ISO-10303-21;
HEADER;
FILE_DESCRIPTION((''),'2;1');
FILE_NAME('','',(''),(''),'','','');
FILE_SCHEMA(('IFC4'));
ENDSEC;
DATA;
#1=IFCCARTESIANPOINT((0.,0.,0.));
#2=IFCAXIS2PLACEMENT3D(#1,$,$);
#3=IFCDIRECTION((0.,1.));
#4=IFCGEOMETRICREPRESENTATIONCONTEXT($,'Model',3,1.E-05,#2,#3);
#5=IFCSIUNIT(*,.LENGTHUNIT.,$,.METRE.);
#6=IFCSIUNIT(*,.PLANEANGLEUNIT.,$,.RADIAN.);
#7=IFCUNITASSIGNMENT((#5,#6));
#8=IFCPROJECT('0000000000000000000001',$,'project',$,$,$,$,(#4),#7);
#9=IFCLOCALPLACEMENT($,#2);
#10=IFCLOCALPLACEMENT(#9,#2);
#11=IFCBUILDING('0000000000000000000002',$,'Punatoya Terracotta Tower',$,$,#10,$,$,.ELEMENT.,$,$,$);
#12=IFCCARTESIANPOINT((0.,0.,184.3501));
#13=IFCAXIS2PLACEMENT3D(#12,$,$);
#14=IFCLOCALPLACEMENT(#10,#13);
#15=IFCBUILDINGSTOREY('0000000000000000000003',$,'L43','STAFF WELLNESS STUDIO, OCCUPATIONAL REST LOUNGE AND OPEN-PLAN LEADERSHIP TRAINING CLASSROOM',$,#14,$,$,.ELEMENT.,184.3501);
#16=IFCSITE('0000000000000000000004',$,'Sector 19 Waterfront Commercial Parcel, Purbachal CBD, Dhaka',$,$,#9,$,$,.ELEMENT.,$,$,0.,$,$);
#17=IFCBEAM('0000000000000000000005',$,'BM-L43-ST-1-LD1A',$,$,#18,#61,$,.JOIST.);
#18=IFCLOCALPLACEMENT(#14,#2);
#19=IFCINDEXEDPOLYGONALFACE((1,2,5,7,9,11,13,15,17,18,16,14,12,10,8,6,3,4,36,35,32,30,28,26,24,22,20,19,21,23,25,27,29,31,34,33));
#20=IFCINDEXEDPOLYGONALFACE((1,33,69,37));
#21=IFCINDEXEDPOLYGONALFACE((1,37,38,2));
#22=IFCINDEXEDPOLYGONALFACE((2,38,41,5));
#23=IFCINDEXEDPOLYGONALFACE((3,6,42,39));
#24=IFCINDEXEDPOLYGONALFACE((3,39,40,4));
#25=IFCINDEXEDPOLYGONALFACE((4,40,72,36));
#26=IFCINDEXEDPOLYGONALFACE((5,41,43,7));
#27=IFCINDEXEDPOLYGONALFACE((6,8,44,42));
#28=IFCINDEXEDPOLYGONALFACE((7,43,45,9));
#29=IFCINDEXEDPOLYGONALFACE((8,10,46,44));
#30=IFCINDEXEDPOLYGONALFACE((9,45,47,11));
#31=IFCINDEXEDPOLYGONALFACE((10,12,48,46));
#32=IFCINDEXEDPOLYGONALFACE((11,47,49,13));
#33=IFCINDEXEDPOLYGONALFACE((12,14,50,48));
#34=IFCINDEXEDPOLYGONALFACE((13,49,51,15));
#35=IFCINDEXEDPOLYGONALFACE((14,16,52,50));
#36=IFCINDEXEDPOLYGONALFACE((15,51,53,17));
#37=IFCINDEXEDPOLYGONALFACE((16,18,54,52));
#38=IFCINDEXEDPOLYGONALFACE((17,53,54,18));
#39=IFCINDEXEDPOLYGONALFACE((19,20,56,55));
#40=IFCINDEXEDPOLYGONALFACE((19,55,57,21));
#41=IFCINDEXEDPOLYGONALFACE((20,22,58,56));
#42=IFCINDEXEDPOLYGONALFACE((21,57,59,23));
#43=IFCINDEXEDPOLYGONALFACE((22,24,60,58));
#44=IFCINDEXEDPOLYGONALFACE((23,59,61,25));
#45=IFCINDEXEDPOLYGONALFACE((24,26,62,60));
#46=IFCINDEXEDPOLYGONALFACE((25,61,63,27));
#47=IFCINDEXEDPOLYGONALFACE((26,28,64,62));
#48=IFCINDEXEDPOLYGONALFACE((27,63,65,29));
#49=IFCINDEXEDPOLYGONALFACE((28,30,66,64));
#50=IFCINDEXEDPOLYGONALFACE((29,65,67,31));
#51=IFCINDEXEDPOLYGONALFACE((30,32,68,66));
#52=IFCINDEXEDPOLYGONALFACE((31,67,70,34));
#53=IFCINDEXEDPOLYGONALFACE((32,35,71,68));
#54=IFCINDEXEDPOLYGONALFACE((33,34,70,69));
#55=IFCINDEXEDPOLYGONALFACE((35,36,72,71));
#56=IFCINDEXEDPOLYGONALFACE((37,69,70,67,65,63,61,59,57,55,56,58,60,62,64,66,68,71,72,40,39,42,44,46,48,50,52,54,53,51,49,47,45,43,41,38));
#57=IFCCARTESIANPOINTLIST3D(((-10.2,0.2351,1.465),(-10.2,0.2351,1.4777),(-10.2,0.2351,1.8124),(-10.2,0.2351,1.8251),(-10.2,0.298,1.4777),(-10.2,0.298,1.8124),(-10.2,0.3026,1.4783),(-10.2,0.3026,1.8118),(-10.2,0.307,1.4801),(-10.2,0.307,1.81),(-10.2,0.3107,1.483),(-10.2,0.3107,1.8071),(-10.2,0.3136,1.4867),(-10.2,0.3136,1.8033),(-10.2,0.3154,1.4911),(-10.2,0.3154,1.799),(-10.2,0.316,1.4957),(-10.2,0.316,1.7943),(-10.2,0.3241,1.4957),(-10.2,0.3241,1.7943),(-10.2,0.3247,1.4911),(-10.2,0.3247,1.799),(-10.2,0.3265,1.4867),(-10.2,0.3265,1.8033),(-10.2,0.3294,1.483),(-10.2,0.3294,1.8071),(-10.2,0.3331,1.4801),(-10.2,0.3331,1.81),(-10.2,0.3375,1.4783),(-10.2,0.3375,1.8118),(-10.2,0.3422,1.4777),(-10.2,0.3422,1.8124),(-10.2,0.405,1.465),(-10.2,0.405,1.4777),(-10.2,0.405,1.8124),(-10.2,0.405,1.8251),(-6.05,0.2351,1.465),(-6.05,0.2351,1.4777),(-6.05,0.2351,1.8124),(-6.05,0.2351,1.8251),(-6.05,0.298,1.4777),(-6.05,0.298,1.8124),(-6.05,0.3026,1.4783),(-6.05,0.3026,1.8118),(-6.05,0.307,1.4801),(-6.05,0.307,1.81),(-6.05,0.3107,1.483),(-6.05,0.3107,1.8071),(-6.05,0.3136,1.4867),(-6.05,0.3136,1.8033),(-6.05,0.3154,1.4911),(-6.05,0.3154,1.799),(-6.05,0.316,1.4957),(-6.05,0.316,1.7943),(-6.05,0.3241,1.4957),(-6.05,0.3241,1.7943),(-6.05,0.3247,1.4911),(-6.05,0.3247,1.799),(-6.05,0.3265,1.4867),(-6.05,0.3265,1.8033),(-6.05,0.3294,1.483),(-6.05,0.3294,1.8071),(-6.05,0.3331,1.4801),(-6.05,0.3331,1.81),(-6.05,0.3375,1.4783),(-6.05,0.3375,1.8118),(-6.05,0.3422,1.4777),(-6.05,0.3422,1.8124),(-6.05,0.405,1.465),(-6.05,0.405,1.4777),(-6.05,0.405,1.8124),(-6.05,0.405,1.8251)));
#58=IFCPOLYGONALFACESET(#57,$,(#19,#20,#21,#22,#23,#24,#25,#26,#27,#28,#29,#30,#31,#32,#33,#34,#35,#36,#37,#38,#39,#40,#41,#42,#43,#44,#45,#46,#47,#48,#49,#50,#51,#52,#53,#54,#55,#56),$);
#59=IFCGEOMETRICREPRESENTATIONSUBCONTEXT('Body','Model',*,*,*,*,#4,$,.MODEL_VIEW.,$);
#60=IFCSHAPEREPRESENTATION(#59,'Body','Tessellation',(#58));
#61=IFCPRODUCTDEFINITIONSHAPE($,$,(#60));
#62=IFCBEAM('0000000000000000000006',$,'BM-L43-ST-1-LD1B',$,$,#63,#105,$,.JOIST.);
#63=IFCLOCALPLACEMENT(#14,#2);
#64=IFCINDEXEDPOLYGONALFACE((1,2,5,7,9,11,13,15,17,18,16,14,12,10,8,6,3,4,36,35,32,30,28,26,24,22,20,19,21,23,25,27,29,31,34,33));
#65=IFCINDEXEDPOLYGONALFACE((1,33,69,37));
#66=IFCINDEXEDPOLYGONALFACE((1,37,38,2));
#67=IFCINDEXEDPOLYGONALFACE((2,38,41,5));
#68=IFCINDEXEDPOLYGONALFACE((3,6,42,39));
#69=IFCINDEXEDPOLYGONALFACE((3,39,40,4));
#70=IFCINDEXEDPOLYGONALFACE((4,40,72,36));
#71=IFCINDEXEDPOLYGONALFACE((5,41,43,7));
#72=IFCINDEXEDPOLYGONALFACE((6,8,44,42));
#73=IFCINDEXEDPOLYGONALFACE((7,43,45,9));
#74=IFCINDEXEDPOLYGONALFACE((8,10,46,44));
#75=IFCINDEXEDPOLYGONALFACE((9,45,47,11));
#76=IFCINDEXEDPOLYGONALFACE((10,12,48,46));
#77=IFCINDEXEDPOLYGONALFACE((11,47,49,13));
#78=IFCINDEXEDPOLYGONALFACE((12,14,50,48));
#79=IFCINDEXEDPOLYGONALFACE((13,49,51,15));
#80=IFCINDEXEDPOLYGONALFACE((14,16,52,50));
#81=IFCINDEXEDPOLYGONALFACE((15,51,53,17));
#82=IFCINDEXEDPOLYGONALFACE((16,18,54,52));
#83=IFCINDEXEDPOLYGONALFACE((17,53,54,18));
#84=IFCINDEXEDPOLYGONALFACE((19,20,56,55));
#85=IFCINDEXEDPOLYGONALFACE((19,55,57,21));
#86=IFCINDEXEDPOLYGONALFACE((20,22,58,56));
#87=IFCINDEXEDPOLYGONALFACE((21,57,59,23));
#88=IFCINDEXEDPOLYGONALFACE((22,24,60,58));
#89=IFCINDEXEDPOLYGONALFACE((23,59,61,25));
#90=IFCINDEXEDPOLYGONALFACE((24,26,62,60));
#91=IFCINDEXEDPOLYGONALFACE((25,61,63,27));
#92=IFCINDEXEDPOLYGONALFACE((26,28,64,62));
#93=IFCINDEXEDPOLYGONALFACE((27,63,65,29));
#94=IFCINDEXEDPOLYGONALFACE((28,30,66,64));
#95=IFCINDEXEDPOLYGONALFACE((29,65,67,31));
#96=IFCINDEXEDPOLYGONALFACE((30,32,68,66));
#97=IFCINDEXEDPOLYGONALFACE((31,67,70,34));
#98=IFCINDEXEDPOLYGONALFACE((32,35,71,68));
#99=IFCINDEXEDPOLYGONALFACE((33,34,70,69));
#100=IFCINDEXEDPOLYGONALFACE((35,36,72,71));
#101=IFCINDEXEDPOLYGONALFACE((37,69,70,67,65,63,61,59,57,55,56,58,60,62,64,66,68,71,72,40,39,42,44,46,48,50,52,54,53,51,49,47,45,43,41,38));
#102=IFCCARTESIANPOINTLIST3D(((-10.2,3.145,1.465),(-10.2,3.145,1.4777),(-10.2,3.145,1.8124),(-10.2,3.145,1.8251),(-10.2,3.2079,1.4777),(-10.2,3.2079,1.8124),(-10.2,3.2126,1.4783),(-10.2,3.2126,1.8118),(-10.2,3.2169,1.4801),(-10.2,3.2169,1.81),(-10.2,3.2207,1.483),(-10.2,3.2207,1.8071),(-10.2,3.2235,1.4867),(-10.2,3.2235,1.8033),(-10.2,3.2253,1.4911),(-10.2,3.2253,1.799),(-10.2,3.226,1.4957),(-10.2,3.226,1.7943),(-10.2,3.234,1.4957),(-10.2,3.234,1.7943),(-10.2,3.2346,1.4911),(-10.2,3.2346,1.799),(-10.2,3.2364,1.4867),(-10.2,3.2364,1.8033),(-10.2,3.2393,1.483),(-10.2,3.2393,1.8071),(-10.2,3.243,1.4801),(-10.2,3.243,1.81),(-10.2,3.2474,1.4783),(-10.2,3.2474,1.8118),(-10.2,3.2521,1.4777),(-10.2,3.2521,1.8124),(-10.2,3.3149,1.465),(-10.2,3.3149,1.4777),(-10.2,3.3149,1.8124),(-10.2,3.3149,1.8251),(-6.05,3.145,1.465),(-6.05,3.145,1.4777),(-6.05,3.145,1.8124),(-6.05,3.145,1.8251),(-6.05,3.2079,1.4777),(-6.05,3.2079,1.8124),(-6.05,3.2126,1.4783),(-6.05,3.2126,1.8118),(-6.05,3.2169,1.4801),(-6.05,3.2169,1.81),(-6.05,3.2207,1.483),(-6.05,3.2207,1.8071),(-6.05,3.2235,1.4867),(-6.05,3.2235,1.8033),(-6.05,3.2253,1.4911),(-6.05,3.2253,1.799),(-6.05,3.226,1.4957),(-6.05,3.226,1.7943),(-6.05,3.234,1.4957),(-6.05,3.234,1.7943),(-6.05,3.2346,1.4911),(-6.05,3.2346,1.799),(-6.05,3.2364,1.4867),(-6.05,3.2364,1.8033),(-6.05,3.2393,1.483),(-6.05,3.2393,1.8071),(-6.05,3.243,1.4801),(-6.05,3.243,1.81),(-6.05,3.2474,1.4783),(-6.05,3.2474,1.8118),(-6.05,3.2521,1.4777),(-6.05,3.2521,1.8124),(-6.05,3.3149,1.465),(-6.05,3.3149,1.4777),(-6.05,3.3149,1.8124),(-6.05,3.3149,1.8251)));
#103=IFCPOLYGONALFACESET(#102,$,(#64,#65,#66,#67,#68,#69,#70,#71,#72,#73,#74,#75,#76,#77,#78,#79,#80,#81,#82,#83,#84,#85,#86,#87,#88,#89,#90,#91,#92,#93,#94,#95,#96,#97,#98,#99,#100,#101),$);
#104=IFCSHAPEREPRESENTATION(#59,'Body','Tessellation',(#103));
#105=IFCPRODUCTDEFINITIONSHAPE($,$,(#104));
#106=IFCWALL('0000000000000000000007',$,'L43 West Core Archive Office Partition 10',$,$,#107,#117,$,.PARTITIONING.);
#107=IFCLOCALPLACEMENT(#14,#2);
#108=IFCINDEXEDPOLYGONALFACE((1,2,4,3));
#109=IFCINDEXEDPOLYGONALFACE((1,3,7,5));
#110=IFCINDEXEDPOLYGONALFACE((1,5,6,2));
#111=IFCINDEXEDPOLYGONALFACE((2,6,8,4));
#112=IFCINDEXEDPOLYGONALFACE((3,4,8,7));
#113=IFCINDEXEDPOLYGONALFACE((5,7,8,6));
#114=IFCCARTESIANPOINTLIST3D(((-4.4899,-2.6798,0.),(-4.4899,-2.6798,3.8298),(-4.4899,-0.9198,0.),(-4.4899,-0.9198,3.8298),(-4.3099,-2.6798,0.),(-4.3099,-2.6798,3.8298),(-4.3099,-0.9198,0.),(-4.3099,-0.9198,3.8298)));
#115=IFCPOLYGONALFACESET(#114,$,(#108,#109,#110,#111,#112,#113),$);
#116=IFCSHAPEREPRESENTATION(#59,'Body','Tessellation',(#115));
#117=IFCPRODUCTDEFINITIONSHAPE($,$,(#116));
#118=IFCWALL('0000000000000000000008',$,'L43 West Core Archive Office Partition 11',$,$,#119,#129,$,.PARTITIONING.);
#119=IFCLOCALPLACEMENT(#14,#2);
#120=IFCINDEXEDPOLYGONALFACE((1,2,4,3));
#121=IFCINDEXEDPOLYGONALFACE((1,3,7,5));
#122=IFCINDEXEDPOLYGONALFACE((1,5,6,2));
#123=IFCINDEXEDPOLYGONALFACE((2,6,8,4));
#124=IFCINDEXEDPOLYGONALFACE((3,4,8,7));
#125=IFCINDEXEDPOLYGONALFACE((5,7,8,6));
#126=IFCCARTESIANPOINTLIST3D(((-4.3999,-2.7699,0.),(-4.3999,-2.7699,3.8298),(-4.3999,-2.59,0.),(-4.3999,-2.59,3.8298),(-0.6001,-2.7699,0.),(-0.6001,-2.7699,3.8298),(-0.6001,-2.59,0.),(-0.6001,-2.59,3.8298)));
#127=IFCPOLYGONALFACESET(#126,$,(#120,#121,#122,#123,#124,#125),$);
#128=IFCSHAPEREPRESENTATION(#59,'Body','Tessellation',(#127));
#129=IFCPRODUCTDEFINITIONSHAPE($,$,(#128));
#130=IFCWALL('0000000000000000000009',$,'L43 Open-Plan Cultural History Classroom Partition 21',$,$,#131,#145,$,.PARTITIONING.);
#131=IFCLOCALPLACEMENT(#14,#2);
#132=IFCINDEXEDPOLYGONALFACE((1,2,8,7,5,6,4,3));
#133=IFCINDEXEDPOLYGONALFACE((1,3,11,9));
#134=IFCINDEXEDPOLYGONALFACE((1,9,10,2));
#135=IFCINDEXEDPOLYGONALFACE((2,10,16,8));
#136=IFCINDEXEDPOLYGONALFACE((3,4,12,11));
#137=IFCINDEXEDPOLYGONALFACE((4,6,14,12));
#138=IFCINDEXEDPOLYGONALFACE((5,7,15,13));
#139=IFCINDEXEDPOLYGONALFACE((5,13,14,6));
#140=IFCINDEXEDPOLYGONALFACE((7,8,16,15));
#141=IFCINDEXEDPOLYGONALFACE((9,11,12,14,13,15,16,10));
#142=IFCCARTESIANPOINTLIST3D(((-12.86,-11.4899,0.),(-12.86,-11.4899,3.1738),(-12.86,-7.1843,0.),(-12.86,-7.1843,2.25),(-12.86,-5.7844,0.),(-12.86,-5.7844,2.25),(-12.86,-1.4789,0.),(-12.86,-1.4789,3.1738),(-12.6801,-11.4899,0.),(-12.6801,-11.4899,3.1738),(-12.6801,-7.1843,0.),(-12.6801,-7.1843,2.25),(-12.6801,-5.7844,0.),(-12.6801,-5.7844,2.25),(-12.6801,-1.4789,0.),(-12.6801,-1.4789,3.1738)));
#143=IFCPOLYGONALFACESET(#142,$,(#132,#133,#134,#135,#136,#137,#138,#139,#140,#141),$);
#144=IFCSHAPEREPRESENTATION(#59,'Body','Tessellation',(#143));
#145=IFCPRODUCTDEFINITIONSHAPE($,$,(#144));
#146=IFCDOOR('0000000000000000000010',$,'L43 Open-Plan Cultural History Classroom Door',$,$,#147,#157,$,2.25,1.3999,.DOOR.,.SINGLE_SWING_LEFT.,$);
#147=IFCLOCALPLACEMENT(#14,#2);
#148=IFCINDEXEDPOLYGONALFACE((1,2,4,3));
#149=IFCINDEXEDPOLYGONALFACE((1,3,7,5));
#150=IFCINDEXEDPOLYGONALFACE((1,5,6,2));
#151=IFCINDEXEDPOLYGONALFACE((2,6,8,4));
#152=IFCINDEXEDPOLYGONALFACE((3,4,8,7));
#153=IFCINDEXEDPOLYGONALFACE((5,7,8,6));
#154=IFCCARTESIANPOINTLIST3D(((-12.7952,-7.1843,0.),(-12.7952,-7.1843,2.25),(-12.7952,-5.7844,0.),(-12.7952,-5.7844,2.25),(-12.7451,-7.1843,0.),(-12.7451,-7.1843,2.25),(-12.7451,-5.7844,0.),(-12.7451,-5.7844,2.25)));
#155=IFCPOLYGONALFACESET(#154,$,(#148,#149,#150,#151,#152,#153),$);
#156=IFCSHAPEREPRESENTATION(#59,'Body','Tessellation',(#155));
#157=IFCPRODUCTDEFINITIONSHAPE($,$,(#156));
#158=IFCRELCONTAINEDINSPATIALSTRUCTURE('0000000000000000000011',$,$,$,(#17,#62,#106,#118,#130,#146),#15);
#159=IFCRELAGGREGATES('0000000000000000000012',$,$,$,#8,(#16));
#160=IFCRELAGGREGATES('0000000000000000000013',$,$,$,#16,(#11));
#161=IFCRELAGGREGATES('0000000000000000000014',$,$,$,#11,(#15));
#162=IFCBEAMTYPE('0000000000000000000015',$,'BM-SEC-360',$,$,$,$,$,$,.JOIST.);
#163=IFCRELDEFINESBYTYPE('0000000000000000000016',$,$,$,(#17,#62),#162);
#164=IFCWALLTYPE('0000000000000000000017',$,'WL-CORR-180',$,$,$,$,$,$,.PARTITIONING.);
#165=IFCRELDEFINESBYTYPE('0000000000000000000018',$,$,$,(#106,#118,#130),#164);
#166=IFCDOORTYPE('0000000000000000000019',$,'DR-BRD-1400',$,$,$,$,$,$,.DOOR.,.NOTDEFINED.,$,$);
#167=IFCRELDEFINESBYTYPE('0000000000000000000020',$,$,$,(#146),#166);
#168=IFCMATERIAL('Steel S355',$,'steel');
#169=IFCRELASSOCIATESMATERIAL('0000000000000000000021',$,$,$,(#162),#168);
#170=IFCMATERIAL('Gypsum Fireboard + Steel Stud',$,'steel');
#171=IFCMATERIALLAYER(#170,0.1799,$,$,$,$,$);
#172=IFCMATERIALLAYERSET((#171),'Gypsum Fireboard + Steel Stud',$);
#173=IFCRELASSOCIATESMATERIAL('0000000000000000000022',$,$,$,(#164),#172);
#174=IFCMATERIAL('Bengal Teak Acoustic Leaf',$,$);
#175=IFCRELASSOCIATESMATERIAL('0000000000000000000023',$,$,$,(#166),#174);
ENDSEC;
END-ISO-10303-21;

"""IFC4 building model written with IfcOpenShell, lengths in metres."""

from ifc_helpers import new_model, si_unit, direction, frame, frame_2d, origin, origin_2d, place, context, subcontext, project, spatial, rectangle, i_section, extrude, material, layer, layer_set, material_profile, profile_set, type_object, element, fill, save


model = new_model("IFC4")

# Units and contexts
model_context = context("Model", 3, precision=1e-05, world=origin(), true_north=direction((0.0, 1.0)))
body_context = subcontext(model_context, "Body", "Model", "MODEL_VIEW")
ifc_project = project(units=[si_unit("LENGTHUNIT", "METRE"), si_unit("PLANEANGLEUNIT", "RADIAN")], contexts=[model_context])

# Site, building, storey
site_placement = place(None, origin())
site = spatial("IfcSite", under=ifc_project, at=site_placement, Name="Sector 19 Waterfront Commercial Parcel, Purbachal CBD, Dhaka", CompositionType="ELEMENT", RefElevation=0.0)
building_placement = place(site_placement, origin())
building = spatial("IfcBuilding", under=site, at=building_placement, Name="Punatoya Terracotta Tower", CompositionType="ELEMENT")
storey_placement = place(building_placement, frame((0.0, 0.0, 184.3501)))
storey = spatial("IfcBuildingStorey", under=building, at=storey_placement, Name="L43", Description="STAFF WELLNESS STUDIO, OCCUPATIONAL REST LOUNGE AND OPEN-PLAN LEADERSHIP TRAINING CLASSROOM", CompositionType="ELEMENT", Elevation=184.3501)

# Beams
ifc_material_1 = material(Name="Steel S355", Category="steel")
ifc_material_profile = material_profile(ifc_material_1, i_section(OverallWidth=0.1699, OverallDepth=0.3601, WebThickness=0.0081, FlangeThickness=0.0127, FilletRadius=0.0181, at=origin_2d()))
ifc_profile_set = profile_set([ifc_material_profile], Name="Steel S355")
beam_type = type_object("IfcBeamType", Name="BM-SEC-360", PredefinedType="JOIST", material=ifc_profile_set)
for number, where, z_axis, x_axis, name in (
    (1, (-10.2, 0.3201, 1.645), (1.0, 0.0, 0.0), (0.0, 1.0, 0.0), "BM-L43-ST-1-LD1A"),
    (2, (-10.2, 3.23, 1.645), (1.0, 0.0, 0.0), (0.0, 1.0, 0.0), "BM-L43-ST-1-LD1B"),
):
    element("IfcBeam", number, at=place(storey_placement, frame(where, z_axis=z_axis, x_axis=x_axis)), inside=storey, type_object=beam_type, Name=name, PredefinedType="JOIST", context=body_context, shape_type="SweptSolid", body=[
        extrude(i_section(OverallWidth=0.1699, OverallDepth=0.3601, WebThickness=0.0081, FlangeThickness=0.0127, FilletRadius=0.0181, at=origin_2d()), origin(), (0.0, 0.0, 1.0), 4.1499),
    ])

# Walls
ifc_material_2 = material(Name="Gypsum Fireboard + Steel Stud", Category="steel")
ifc_layer_1 = layer(ifc_material_2, 0.1799)
ifc_layer_set_1 = layer_set([ifc_layer_1], Name="Gypsum Fireboard + Steel Stud")
wall_type_1 = type_object("IfcWallType", Name="WL-CORR-180", PredefinedType="PARTITIONING", material=ifc_layer_set_1)
wall_1_placement = place(storey_placement, frame((-4.3999, -0.9199, 0.0), z_axis=(0.0, 0.0, 1.0), x_axis=(0.0, -1.0, 0.0)))
element("IfcWall", 3, at=wall_1_placement, inside=storey, type_object=wall_type_1, Name="L43 West Core Archive Office Partition 10", PredefinedType="PARTITIONING", context=body_context, shape_type="SweptSolid", body=[
    extrude(rectangle(XDim=1.76, YDim=0.1799, at=frame_2d((0.8799, 0.0))), origin(), (0.0, 0.0, 1.0), 3.8298),
])
wall_2_placement = place(storey_placement, frame((-4.3999, -2.6799, 0.0), z_axis=(0.0, 0.0, 1.0), x_axis=(1.0, 0.0, 0.0)))
element("IfcWall", 4, at=wall_2_placement, inside=storey, type_object=wall_type_1, Name="L43 West Core Archive Office Partition 11", PredefinedType="PARTITIONING", context=body_context, shape_type="SweptSolid", body=[
    extrude(rectangle(XDim=3.7998, YDim=0.1799, at=frame_2d((1.8999, 0.0))), origin(), (0.0, 0.0, 1.0), 3.8298),
])

# Wall, opening, door
wall_3_placement = place(storey_placement, frame((-12.77, -1.479, 0.0), z_axis=(0.0, 0.0, 1.0), x_axis=(0.0, -1.0, 0.0)))
wall_3 = element("IfcWall", 5, at=wall_3_placement, inside=storey, type_object=wall_type_1, Name="L43 Open-Plan Cultural History Classroom Partition 21", PredefinedType="PARTITIONING", context=body_context, shape_type="SweptSolid", body=[
    extrude(rectangle(XDim=10.011, YDim=0.1799, at=frame_2d((5.0054, 0.0))), origin(), (0.0, 0.0, 1.0), 3.1738),
])
opening_1_placement = place(wall_3_placement, frame((4.3054, 0.0, 0.0)))
opening_1 = element("IfcOpeningElement", 6, at=opening_1_placement, cuts=wall_3, PredefinedType="OPENING", context=body_context, shape_type="SweptSolid", body=[
    extrude(rectangle(XDim=1.3999, YDim=2.25, at=frame_2d((0.7, 1.125))), frame((0.0, 0.0999, 0.0), z_axis=(0.0, -1.0, 0.0), x_axis=(1.0, 0.0, 0.0)), (0.0, 0.0, 1.0), 0.2),
])
ifc_material_3 = material(Name="Bengal Teak Acoustic Leaf")
door_type_1 = type_object("IfcDoorType", Name="DR-BRD-1400", OperationType="NOTDEFINED", PredefinedType="DOOR", material=ifc_material_3)
door_1_placement = place(opening_1_placement, origin())
door_1 = element("IfcDoor", 7, at=door_1_placement, inside=storey, type_object=door_type_1, Name="L43 Open-Plan Cultural History Classroom Door", OperationType="SINGLE_SWING_LEFT", OverallHeight=2.25, OverallWidth=1.3999, PredefinedType="DOOR", context=body_context, shape_type="SweptSolid", body=[
    extrude(rectangle(XDim=1.3999, YDim=2.25, at=frame_2d((0.7, 1.125))), frame((0.0, 0.0249, 0.0), z_axis=(0.0, -1.0, 0.0), x_axis=(1.0, 0.0, 0.0)), (0.0, 0.0, 1.0), 0.05),
])
fill(opening_1, door_1)

save(model, "model.ifc")
